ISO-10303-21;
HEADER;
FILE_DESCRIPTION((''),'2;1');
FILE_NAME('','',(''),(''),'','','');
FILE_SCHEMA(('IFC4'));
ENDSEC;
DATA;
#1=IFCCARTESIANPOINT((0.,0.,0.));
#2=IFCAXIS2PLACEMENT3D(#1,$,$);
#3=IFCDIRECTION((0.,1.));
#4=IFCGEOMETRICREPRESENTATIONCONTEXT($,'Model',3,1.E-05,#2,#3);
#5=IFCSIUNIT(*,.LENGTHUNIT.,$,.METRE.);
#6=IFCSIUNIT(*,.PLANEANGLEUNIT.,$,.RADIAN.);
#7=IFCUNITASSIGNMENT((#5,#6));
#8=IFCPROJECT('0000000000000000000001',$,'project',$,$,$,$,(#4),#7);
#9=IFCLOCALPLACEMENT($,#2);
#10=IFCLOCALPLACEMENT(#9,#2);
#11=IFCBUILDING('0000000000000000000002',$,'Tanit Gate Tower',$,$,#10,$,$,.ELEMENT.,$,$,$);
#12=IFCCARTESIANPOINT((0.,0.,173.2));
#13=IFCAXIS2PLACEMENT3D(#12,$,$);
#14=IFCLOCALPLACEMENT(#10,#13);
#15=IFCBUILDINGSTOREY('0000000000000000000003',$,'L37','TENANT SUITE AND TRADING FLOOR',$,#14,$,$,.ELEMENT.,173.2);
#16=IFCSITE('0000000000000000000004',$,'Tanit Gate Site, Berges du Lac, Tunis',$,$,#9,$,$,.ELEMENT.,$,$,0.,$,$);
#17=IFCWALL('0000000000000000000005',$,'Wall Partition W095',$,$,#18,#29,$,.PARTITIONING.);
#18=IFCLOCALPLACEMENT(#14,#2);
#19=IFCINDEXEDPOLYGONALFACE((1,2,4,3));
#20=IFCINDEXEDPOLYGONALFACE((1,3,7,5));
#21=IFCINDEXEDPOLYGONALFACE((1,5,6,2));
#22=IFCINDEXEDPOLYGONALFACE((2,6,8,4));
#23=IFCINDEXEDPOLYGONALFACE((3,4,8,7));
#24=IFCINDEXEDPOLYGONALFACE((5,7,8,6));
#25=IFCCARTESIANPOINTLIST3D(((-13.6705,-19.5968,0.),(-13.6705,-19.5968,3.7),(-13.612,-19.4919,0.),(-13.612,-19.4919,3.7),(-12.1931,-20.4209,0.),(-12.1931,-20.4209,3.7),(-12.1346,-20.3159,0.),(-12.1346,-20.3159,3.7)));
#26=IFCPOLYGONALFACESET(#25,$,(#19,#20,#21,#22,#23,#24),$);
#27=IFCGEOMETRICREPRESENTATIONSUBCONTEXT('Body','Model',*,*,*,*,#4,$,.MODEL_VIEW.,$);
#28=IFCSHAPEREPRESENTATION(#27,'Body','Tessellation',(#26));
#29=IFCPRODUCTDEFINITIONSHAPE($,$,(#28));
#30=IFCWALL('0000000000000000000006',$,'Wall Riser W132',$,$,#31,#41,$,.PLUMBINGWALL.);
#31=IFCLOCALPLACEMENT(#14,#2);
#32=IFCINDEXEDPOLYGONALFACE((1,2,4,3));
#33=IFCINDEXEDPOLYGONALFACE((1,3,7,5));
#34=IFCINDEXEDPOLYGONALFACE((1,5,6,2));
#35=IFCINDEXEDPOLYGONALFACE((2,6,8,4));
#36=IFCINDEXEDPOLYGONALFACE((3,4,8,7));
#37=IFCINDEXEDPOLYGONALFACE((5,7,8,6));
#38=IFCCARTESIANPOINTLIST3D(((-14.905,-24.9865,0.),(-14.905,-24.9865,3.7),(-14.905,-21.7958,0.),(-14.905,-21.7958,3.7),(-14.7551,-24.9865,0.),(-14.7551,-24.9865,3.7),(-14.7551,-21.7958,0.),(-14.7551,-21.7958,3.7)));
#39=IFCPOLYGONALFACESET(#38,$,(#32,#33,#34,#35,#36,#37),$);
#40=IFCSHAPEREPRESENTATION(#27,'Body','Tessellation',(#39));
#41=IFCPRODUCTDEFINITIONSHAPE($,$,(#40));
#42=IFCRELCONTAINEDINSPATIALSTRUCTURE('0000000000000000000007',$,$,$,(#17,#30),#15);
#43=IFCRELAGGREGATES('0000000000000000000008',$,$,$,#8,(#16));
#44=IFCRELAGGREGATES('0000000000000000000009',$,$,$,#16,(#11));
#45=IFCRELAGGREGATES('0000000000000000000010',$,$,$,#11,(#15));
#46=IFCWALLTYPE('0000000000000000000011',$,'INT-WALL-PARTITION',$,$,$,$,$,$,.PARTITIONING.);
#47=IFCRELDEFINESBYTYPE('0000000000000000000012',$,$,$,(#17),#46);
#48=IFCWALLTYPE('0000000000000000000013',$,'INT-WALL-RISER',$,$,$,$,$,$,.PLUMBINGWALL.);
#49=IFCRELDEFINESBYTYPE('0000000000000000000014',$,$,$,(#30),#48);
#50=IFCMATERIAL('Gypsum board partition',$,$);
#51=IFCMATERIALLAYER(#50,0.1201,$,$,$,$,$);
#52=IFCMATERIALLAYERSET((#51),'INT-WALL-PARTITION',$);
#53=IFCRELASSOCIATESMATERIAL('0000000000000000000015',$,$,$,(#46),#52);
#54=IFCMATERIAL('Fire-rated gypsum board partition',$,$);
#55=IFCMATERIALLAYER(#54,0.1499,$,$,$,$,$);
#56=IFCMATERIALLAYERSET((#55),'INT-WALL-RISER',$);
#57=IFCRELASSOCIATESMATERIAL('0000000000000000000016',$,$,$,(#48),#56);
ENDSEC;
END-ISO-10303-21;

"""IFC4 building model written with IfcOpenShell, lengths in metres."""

from ifc_helpers import new_model, si_unit, direction, frame, frame_2d, origin, place, context, subcontext, project, spatial, rectangle, extrude, material, layer, layer_set, type_object, element, save


model = new_model("IFC4")

# Units and contexts
model_context = context("Model", 3, precision=1e-05, world=origin(), true_north=direction((0.0, 1.0)))
body_context = subcontext(model_context, "Body", "Model", "MODEL_VIEW")
ifc_project = project(units=[si_unit("LENGTHUNIT", "METRE"), si_unit("PLANEANGLEUNIT", "RADIAN")], contexts=[model_context])

# Site, building, storey
site_placement = place(None, origin())
site = spatial("IfcSite", under=ifc_project, at=site_placement, Name="Tanit Gate Site, Berges du Lac, Tunis", CompositionType="ELEMENT", RefElevation=0.0)
building_placement = place(site_placement, origin())
building = spatial("IfcBuilding", under=site, at=building_placement, Name="Tanit Gate Tower", CompositionType="ELEMENT")
storey_placement = place(building_placement, frame((0.0, 0.0, 173.2)))
storey = spatial("IfcBuildingStorey", under=building, at=storey_placement, Name="L37", Description="TENANT SUITE AND TRADING FLOOR", CompositionType="ELEMENT", Elevation=173.2)

# Walls
ifc_material_1 = material(Name="Gypsum board partition")
ifc_layer_1 = layer(ifc_material_1, 0.1201)
ifc_layer_set_1 = layer_set([ifc_layer_1], Name="INT-WALL-PARTITION")
wall_type_1 = type_object("IfcWallType", Name="INT-WALL-PARTITION", PredefinedType="PARTITIONING", material=ifc_layer_set_1)
wall_1_placement = place(storey_placement, frame((-13.6411, -19.5444, 0.0), z_axis=(0.0, 0.0, 1.0), x_axis=(0.873339, -0.487113, 0.0)))
element("IfcWall", 1, at=wall_1_placement, inside=storey, type_object=wall_type_1, Name="Wall Partition W095", PredefinedType="PARTITIONING", context=body_context, shape_type="SweptSolid", body=[
    extrude(rectangle(XDim=1.6917, YDim=0.1201, at=frame_2d((0.8457, 0.0))), origin(), (0.0, 0.0, 1.0), 3.7),
])
ifc_material_2 = material(Name="Fire-rated gypsum board partition")
ifc_layer_2 = layer(ifc_material_2, 0.1499)
ifc_layer_set_2 = layer_set([ifc_layer_2], Name="INT-WALL-RISER")
wall_type_2 = type_object("IfcWallType", Name="INT-WALL-RISER", PredefinedType="PLUMBINGWALL", material=ifc_layer_set_2)
wall_2_placement = place(storey_placement, frame((-14.8301, -24.9863, 0.0), z_axis=(0.0, 0.0, 1.0), x_axis=(0.0, 1.0, 0.0)))
element("IfcWall", 2, at=wall_2_placement, inside=storey, type_object=wall_type_2, Name="Wall Riser W132", PredefinedType="PLUMBINGWALL", context=body_context, shape_type="SweptSolid", body=[
    extrude(rectangle(XDim=3.1907, YDim=0.1499, at=frame_2d((1.5952, 0.0))), origin(), (0.0, 0.0, 1.0), 3.7),
])

save(model, "model.ifc")
